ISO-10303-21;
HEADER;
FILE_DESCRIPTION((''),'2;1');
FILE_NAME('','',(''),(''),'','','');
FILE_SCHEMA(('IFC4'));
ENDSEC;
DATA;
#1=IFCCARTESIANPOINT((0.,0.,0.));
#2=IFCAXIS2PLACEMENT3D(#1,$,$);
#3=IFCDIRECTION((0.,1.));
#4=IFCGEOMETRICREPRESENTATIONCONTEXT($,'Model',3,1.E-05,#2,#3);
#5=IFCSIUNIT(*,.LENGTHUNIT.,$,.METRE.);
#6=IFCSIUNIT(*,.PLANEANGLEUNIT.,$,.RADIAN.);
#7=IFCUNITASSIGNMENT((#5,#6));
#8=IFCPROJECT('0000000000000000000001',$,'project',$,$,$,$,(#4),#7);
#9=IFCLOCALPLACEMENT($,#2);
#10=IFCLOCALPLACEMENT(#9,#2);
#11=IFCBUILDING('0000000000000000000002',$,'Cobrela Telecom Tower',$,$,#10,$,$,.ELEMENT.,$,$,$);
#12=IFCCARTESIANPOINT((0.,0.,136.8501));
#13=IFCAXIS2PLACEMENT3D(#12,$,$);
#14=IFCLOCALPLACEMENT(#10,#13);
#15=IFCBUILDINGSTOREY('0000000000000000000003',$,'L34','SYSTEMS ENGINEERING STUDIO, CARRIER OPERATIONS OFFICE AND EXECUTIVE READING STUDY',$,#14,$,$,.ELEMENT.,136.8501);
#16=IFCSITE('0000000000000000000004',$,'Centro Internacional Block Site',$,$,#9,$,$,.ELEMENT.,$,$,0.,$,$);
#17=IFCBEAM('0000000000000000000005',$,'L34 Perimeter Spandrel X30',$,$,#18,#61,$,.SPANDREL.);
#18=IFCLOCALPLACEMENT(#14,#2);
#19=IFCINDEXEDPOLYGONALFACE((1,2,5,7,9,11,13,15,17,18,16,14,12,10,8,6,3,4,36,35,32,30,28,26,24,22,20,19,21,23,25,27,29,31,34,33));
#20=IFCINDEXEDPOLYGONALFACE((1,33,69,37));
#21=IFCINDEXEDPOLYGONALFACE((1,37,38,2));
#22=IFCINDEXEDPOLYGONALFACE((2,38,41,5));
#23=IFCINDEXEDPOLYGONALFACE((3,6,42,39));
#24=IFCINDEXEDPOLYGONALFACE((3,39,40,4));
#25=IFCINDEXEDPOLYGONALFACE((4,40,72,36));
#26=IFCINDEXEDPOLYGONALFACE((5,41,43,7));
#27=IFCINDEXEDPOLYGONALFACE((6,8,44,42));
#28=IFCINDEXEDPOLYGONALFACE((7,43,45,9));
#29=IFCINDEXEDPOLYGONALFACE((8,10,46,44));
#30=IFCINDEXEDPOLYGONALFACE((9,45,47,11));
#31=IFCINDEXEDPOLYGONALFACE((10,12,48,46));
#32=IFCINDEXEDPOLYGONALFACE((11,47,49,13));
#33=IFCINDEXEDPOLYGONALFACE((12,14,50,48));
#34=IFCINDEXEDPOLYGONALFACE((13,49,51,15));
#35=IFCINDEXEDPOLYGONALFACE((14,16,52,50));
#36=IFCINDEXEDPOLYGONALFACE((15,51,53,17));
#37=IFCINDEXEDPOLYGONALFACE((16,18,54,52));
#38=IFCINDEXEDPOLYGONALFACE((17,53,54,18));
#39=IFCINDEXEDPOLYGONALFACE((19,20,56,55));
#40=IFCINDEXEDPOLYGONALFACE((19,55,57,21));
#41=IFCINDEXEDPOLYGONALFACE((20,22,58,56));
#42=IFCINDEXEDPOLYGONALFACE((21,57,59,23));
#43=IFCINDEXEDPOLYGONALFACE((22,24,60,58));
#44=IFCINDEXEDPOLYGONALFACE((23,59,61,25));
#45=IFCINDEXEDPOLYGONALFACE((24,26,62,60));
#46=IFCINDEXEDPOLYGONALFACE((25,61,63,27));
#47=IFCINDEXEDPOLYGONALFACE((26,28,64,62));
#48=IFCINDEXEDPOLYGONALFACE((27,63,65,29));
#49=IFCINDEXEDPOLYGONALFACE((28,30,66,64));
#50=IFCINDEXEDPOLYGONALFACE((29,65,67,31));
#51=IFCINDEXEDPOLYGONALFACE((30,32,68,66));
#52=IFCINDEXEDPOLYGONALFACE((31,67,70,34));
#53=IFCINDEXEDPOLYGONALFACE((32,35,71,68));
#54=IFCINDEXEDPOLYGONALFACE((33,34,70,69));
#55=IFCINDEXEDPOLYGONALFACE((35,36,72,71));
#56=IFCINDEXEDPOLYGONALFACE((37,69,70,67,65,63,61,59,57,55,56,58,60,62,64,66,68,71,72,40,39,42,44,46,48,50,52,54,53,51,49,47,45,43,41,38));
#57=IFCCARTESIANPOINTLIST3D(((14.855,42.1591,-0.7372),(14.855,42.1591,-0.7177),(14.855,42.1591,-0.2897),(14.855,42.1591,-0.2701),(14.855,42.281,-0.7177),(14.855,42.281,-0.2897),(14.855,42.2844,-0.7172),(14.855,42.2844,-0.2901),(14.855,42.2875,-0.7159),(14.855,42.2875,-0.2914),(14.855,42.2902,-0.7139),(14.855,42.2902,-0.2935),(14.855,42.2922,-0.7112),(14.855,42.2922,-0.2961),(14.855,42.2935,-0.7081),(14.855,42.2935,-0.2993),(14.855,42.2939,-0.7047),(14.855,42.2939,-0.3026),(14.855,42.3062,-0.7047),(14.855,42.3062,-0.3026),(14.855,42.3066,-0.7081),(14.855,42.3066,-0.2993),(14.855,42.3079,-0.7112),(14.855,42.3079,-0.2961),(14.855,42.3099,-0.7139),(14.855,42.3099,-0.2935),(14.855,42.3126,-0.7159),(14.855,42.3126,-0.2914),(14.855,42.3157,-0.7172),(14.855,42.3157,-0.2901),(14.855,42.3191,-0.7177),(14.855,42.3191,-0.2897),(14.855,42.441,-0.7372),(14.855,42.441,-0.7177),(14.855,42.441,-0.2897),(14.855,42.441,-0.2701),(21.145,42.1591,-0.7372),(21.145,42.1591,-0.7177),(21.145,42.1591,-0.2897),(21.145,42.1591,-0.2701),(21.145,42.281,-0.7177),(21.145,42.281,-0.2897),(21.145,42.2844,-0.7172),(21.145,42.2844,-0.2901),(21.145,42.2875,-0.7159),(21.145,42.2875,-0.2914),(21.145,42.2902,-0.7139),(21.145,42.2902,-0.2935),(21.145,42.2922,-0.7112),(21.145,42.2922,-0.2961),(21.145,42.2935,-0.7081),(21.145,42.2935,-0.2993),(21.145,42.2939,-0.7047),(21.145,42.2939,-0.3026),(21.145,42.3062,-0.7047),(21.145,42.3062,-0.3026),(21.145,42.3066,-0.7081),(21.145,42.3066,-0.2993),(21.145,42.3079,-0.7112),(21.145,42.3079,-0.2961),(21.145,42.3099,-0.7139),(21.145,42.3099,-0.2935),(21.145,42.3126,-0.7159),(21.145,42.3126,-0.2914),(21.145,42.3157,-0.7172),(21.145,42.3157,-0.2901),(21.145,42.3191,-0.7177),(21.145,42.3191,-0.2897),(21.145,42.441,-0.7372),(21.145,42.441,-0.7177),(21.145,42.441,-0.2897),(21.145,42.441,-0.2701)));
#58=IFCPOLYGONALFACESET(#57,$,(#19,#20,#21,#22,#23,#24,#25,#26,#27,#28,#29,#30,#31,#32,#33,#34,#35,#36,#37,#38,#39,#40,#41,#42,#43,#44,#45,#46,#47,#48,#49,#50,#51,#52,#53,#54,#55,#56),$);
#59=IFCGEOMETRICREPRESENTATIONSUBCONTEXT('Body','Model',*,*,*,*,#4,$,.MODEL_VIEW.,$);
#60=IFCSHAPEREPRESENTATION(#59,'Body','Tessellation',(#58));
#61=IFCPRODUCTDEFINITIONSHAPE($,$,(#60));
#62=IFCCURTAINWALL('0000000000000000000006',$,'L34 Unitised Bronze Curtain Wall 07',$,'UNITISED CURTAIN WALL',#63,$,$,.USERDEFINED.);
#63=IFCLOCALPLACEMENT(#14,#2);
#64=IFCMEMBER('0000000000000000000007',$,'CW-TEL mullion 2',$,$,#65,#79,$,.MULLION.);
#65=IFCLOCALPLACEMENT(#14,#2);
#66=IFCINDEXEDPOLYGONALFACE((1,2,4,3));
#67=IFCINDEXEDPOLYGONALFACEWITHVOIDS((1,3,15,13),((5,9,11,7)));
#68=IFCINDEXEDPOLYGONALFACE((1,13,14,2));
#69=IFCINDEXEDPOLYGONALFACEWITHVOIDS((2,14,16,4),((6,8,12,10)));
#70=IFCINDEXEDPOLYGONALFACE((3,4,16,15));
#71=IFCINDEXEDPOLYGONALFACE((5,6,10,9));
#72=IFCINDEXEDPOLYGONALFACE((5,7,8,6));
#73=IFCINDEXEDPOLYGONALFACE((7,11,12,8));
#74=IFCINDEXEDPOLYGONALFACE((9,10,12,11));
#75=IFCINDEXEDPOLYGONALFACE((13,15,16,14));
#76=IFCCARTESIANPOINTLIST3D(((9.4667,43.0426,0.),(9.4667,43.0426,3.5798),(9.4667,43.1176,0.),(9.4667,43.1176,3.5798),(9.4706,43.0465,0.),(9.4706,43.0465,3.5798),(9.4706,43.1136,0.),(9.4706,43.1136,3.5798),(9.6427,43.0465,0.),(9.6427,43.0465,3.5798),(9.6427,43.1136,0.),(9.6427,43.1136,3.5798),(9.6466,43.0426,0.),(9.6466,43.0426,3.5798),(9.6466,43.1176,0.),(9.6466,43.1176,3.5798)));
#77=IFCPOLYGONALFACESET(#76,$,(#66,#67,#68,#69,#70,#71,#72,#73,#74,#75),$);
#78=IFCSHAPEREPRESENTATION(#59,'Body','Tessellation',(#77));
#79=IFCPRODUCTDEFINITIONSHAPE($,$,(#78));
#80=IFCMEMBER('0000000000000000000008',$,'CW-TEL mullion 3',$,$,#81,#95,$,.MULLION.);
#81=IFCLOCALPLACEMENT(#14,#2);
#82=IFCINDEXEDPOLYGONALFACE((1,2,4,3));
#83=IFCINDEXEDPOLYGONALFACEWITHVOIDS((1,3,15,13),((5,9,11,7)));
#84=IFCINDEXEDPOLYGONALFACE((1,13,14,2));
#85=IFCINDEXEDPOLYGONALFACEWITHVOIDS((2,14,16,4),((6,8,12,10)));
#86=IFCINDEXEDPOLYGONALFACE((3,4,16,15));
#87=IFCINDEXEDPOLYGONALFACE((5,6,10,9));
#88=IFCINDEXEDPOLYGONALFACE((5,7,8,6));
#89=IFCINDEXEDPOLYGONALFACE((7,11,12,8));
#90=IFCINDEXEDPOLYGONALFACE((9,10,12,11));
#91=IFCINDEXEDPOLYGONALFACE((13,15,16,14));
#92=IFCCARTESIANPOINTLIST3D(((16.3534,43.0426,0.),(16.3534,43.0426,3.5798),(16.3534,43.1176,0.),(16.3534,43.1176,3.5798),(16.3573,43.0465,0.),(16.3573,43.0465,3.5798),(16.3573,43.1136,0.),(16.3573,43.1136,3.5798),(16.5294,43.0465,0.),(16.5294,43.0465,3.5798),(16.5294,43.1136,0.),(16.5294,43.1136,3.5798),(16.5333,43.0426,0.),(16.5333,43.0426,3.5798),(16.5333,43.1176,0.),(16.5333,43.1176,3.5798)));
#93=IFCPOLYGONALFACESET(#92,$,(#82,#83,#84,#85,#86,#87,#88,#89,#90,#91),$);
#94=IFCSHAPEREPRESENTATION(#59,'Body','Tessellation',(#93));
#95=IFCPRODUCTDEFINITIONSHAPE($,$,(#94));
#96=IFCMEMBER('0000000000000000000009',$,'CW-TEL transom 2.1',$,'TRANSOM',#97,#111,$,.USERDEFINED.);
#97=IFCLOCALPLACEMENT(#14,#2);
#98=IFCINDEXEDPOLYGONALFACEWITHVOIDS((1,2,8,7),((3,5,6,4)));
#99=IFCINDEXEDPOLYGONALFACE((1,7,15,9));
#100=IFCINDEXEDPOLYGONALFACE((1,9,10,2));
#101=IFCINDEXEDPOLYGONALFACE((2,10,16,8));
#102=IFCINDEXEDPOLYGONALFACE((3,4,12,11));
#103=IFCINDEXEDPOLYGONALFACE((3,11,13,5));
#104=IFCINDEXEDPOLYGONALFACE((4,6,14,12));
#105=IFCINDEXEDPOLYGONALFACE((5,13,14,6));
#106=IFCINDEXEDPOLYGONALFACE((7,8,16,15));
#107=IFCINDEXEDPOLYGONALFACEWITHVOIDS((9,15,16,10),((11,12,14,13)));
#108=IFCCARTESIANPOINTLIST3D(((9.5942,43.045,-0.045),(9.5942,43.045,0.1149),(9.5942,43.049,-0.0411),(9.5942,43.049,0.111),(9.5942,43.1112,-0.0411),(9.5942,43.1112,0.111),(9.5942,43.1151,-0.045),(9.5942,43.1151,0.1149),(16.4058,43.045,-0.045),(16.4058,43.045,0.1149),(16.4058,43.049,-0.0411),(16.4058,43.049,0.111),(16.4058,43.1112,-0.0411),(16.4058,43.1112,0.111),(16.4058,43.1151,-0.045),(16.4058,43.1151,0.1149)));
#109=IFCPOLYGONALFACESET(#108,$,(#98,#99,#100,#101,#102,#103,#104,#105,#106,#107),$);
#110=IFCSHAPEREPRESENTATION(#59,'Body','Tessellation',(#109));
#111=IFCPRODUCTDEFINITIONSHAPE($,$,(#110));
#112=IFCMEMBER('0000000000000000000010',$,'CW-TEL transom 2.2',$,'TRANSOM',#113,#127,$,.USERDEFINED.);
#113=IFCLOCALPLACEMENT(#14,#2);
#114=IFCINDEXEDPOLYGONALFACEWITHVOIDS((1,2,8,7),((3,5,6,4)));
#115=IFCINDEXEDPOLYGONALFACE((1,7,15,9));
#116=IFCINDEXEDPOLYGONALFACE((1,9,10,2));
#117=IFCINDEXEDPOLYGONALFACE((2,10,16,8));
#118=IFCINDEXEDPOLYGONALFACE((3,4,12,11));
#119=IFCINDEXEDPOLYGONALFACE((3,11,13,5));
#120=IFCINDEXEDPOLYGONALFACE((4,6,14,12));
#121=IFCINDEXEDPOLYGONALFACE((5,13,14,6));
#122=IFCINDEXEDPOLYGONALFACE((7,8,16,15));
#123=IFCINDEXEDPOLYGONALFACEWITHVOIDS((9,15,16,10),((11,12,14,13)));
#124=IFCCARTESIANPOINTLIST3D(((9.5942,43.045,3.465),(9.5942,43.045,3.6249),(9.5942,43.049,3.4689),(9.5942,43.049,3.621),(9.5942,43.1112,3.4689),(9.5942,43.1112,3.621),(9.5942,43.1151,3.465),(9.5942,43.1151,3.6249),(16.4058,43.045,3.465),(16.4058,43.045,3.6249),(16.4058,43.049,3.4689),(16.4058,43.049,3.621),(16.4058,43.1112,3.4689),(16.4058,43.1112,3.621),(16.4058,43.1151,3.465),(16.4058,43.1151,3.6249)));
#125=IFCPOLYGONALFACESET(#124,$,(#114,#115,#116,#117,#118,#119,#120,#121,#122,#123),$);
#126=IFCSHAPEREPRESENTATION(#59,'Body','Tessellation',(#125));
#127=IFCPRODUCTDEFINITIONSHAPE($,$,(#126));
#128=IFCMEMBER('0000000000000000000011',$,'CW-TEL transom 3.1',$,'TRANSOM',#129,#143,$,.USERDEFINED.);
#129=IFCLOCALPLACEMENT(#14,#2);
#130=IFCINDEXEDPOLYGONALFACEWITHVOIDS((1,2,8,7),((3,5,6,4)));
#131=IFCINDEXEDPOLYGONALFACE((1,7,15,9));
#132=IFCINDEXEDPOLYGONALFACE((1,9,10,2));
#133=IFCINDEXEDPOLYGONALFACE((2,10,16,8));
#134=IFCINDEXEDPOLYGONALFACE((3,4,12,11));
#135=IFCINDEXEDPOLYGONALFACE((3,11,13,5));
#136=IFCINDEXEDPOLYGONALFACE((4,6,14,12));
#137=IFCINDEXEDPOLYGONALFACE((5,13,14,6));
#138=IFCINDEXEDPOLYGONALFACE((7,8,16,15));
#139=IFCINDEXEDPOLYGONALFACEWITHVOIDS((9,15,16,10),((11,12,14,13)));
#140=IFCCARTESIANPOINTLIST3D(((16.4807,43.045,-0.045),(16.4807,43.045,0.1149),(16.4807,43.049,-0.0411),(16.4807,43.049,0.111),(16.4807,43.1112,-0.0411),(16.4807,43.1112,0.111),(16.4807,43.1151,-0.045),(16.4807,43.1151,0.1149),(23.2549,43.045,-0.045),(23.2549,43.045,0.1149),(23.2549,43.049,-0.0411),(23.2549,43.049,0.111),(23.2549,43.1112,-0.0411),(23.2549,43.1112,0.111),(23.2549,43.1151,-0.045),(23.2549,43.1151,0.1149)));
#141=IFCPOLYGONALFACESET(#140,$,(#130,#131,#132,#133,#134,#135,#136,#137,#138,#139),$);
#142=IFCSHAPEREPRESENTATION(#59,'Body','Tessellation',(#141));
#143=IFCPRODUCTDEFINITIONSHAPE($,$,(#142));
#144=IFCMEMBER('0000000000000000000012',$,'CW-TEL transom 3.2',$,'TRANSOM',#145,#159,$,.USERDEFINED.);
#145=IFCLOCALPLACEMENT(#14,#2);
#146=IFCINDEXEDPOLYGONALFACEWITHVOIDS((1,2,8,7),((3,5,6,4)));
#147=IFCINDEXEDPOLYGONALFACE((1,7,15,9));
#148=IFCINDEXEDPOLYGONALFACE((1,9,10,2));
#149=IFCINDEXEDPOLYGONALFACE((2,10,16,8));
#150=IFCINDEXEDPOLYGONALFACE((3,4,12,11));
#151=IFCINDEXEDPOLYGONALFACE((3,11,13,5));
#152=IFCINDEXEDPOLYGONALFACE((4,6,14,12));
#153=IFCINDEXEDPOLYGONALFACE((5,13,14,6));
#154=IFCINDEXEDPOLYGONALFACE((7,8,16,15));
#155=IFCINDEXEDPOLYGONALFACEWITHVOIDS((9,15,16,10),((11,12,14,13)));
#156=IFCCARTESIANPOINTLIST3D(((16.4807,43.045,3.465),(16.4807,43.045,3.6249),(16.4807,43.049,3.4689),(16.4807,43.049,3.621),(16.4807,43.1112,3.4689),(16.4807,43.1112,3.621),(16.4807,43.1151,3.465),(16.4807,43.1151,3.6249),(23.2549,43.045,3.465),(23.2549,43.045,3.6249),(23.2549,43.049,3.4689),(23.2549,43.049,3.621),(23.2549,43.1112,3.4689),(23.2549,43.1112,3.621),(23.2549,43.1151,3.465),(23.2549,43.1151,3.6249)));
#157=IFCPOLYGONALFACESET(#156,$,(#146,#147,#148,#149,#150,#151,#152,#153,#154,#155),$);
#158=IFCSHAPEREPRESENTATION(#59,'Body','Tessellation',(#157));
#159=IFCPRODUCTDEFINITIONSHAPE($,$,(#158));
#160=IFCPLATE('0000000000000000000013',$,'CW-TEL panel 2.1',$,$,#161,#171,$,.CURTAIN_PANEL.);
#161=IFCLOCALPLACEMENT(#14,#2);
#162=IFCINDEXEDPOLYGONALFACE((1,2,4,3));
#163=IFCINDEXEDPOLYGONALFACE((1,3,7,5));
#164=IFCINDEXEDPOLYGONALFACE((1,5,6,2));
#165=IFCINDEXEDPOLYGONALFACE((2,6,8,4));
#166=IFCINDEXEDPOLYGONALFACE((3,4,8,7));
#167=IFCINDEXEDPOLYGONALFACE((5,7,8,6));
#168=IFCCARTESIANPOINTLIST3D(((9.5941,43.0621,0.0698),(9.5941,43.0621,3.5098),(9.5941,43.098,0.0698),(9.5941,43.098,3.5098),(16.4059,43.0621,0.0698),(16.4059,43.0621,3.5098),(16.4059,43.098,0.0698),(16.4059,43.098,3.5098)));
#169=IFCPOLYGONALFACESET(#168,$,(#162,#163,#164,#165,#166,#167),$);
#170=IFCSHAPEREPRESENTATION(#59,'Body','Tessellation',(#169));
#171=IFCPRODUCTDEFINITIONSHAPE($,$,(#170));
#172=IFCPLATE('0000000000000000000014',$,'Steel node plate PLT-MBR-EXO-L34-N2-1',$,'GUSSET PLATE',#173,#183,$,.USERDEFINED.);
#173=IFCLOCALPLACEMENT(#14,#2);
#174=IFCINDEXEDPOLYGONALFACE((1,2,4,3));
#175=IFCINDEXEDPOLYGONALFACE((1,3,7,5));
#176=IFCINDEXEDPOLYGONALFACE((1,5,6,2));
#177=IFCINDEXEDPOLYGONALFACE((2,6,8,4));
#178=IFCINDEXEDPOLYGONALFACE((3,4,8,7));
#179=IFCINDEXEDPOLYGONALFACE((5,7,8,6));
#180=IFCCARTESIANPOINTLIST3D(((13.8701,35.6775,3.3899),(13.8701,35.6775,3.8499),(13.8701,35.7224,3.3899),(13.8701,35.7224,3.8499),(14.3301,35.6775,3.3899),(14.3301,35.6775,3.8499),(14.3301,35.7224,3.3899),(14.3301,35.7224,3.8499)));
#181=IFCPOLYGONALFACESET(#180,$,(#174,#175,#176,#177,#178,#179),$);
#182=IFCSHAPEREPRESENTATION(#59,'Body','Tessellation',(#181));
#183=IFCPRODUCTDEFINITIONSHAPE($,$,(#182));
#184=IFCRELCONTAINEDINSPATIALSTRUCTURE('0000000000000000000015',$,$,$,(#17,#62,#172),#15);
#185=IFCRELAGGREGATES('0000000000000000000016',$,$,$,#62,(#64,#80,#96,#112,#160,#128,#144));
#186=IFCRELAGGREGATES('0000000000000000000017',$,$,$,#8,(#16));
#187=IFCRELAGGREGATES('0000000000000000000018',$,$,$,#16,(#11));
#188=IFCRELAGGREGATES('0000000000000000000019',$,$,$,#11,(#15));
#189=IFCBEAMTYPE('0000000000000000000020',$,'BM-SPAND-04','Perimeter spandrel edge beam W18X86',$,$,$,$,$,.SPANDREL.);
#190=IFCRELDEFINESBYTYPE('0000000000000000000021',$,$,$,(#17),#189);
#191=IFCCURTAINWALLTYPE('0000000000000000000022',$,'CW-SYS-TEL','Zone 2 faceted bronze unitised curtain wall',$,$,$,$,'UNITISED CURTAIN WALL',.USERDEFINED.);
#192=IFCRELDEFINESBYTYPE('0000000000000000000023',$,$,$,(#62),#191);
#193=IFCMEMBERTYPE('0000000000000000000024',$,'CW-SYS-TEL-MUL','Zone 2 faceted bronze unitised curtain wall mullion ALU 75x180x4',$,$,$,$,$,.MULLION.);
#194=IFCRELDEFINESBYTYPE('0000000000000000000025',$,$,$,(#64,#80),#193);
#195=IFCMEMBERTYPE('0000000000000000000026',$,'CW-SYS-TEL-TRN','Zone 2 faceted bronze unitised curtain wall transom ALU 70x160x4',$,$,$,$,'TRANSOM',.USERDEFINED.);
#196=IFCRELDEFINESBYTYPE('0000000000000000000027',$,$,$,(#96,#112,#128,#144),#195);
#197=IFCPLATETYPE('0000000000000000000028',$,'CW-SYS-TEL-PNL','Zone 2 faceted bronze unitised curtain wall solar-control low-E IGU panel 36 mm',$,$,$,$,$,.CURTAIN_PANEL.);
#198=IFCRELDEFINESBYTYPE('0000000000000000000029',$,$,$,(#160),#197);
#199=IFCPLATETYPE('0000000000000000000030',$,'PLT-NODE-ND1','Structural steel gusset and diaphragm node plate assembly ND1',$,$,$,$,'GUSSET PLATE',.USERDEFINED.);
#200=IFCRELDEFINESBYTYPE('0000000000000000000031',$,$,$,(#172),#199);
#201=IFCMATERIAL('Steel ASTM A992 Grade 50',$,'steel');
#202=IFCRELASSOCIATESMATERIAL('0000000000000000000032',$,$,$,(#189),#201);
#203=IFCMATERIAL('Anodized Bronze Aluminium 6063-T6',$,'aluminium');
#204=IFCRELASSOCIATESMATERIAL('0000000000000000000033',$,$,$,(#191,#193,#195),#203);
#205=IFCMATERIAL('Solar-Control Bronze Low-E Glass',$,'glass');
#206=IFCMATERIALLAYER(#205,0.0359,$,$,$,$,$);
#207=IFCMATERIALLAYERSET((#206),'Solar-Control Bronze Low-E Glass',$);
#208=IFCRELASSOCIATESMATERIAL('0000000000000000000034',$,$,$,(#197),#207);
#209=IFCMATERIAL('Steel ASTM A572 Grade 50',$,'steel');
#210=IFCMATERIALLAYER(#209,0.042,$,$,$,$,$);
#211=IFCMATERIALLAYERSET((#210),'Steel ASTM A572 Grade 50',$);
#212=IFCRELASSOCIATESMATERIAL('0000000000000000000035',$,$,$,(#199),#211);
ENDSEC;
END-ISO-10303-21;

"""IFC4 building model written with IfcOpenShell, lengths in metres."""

from ifc_helpers import new_model, si_unit, direction, frame, origin, origin_2d, place, context, subcontext, project, spatial, rectangle, hollow_rectangle, i_section, extrude, material, layer, layer_set, material_profile, profile_set, type_object, element, aggregate, save


model = new_model("IFC4")

# Units and contexts
model_context = context("Model", 3, precision=1e-05, world=origin(), true_north=direction((0.0, 1.0)))
body_context = subcontext(model_context, "Body", "Model", "MODEL_VIEW")
ifc_project = project(units=[si_unit("LENGTHUNIT", "METRE"), si_unit("PLANEANGLEUNIT", "RADIAN")], contexts=[model_context])

# Site, building, storey
site_placement = place(None, origin())
site = spatial("IfcSite", under=ifc_project, at=site_placement, Name="Centro Internacional Block Site", CompositionType="ELEMENT", RefElevation=0.0)
building_placement = place(site_placement, origin())
building = spatial("IfcBuilding", under=site, at=building_placement, Name="Cobrela Telecom Tower", CompositionType="ELEMENT")
storey_placement = place(building_placement, frame((0.0, 0.0, 136.8501)))
storey = spatial("IfcBuildingStorey", under=building, at=storey_placement, Name="L34", Description="SYSTEMS ENGINEERING STUDIO, CARRIER OPERATIONS OFFICE AND EXECUTIVE READING STUDY", CompositionType="ELEMENT", Elevation=136.8501)

# Shared definitions
ifc_material_1 = material(Name="Steel ASTM A572 Grade 50", Category="steel")

# Beam
ifc_material_2 = material(Name="Steel ASTM A992 Grade 50", Category="steel")
ifc_material_profile_1 = material_profile(ifc_material_2, i_section(OverallWidth=0.282, OverallDepth=0.467, WebThickness=0.0122, FlangeThickness=0.0195, FilletRadius=0.0129, at=origin_2d()), Name="W18X86")
ifc_profile_set_1 = profile_set([ifc_material_profile_1], Name="Steel ASTM A992 Grade 50")
beam_type_1 = type_object("IfcBeamType", Name="BM-SPAND-04", Description="Perimeter spandrel edge beam W18X86", PredefinedType="SPANDREL", material=ifc_profile_set_1)
for number, where, z_axis, x_axis, name in (
    (1, (14.855, 42.3, -0.5037), (1.0, 0.0, 0.0), (0.0, 1.0, 0.0), "L34 Perimeter Spandrel X30"),
):
    element("IfcBeam", number, at=place(storey_placement, frame(where, z_axis=z_axis, x_axis=x_axis)), inside=storey, type_object=beam_type_1, Name=name, PredefinedType="SPANDREL", context=body_context, shape_type="SweptSolid", body=[
        extrude(i_section(OverallWidth=0.282, OverallDepth=0.467, WebThickness=0.0122, FlangeThickness=0.0195, FilletRadius=0.0129, at=origin_2d()), origin(), (0.0, 0.0, 1.0), 6.29),
    ])

# Curtain wall, members, plate
ifc_material_3 = material(Name="Anodized Bronze Aluminium 6063-T6", Category="aluminium")
curtain_wall_type = type_object("IfcCurtainWallType", Name="CW-SYS-TEL", Description="Zone 2 faceted bronze unitised curtain wall", ElementType="UNITISED CURTAIN WALL", PredefinedType="USERDEFINED", material=ifc_material_3)
curtain_wall_placement = place(storey_placement, origin())
curtain_wall = element("IfcCurtainWall", 2, at=curtain_wall_placement, inside=storey, type_object=curtain_wall_type, Name="L34 Unitised Bronze Curtain Wall 07", ObjectType="UNITISED CURTAIN WALL", PredefinedType="USERDEFINED")
ifc_material_profile_2 = material_profile(ifc_material_3, hollow_rectangle(XDim=0.075, YDim=0.1799, WallThickness=0.0039, at=origin_2d()), Name="ALU 75x180x4")
ifc_profile_set_2 = profile_set([ifc_material_profile_2], Name="Anodized Bronze Aluminium 6063-T6")
member_type_1 = type_object("IfcMemberType", Name="CW-SYS-TEL-MUL", Description="Zone 2 faceted bronze unitised curtain wall mullion ALU 75x180x4", PredefinedType="MULLION", material=ifc_profile_set_2)
member_1_placement = place(storey_placement, frame((9.5566, 43.0801, 0.0), z_axis=(0.0, 0.0, 1.0), x_axis=(0.0, 1.0, 0.0)))
member_1 = element("IfcMember", 3, at=member_1_placement, type_object=member_type_1, Name="CW-TEL mullion 2", PredefinedType="MULLION", context=body_context, shape_type="SweptSolid", body=[
    extrude(hollow_rectangle(XDim=0.075, YDim=0.1799, WallThickness=0.0039, at=origin_2d()), origin(), (0.0, 0.0, 1.0), 3.5798),
])
member_2_placement = place(storey_placement, frame((16.4434, 43.0801, 0.0), z_axis=(0.0, 0.0, 1.0), x_axis=(0.0, 1.0, 0.0)))
member_2 = element("IfcMember", 4, at=member_2_placement, type_object=member_type_1, Name="CW-TEL mullion 3", PredefinedType="MULLION", context=body_context, shape_type="SweptSolid", body=[
    extrude(hollow_rectangle(XDim=0.075, YDim=0.1799, WallThickness=0.0039, at=origin_2d()), origin(), (0.0, 0.0, 1.0), 3.5798),
])
ifc_material_profile_3 = material_profile(ifc_material_3, hollow_rectangle(XDim=0.0701, YDim=0.1599, WallThickness=0.0039, at=origin_2d()), Name="ALU 70x160x4")
ifc_profile_set_3 = profile_set([ifc_material_profile_3], Name="Anodized Bronze Aluminium 6063-T6")
member_type_2 = type_object("IfcMemberType", Name="CW-SYS-TEL-TRN", Description="Zone 2 faceted bronze unitised curtain wall transom ALU 70x160x4", ElementType="TRANSOM", PredefinedType="USERDEFINED", material=ifc_profile_set_3)
member_3_placement = place(storey_placement, frame((9.5942, 43.0801, 0.0349), z_axis=(1.0, 0.0, 0.0), x_axis=(0.0, 1.0, 0.0)))
member_3 = element("IfcMember", 5, at=member_3_placement, type_object=member_type_2, Name="CW-TEL transom 2.1", ObjectType="TRANSOM", PredefinedType="USERDEFINED", context=body_context, shape_type="SweptSolid", body=[
    extrude(hollow_rectangle(XDim=0.0701, YDim=0.1599, WallThickness=0.0039, at=origin_2d()), origin(), (0.0, 0.0, 1.0), 6.8115),
])
member_4_placement = place(storey_placement, frame((9.5942, 43.0801, 3.5449), z_axis=(1.0, 0.0, 0.0), x_axis=(0.0, 1.0, 0.0)))
member_4 = element("IfcMember", 6, at=member_4_placement, type_object=member_type_2, Name="CW-TEL transom 2.2", ObjectType="TRANSOM", PredefinedType="USERDEFINED", context=body_context, shape_type="SweptSolid", body=[
    extrude(hollow_rectangle(XDim=0.0701, YDim=0.1599, WallThickness=0.0039, at=origin_2d()), origin(), (0.0, 0.0, 1.0), 6.8115),
])
member_5_placement = place(storey_placement, frame((16.4807, 43.0801, 0.0349), z_axis=(1.0, 0.0, 0.0), x_axis=(0.0, 1.0, 0.0)))
member_5 = element("IfcMember", 7, at=member_5_placement, type_object=member_type_2, Name="CW-TEL transom 3.1", ObjectType="TRANSOM", PredefinedType="USERDEFINED", context=body_context, shape_type="SweptSolid", body=[
    extrude(hollow_rectangle(XDim=0.0701, YDim=0.1599, WallThickness=0.0039, at=origin_2d()), origin(), (0.0, 0.0, 1.0), 6.7742),
])
member_6_placement = place(storey_placement, frame((16.4807, 43.0801, 3.5449), z_axis=(1.0, 0.0, 0.0), x_axis=(0.0, 1.0, 0.0)))
member_6 = element("IfcMember", 8, at=member_6_placement, type_object=member_type_2, Name="CW-TEL transom 3.2", ObjectType="TRANSOM", PredefinedType="USERDEFINED", context=body_context, shape_type="SweptSolid", body=[
    extrude(hollow_rectangle(XDim=0.0701, YDim=0.1599, WallThickness=0.0039, at=origin_2d()), origin(), (0.0, 0.0, 1.0), 6.7742),
])
ifc_material_4 = material(Name="Solar-Control Bronze Low-E Glass", Category="glass")
ifc_layer_1 = layer(ifc_material_4, 0.0359)
ifc_layer_set_1 = layer_set([ifc_layer_1], Name="Solar-Control Bronze Low-E Glass")
plate_type_1 = type_object("IfcPlateType", Name="CW-SYS-TEL-PNL", Description="Zone 2 faceted bronze unitised curtain wall solar-control low-E IGU panel 36 mm", PredefinedType="CURTAIN_PANEL", material=ifc_layer_set_1)
plate_1_placement = place(storey_placement, frame((13.0, 43.0801, 0.0698), z_axis=(0.0, 0.0, 1.0), x_axis=(1.0, 0.0, 0.0)))
plate_1 = element("IfcPlate", 9, at=plate_1_placement, type_object=plate_type_1, Name="CW-TEL panel 2.1", PredefinedType="CURTAIN_PANEL", context=body_context, shape_type="SweptSolid", body=[
    extrude(rectangle(XDim=6.8118, YDim=0.0359, at=origin_2d()), origin(), (0.0, 0.0, 1.0), 3.4399),
])
aggregate(curtain_wall, [member_1, member_2, member_3, member_4, plate_1, member_5, member_6])

# Plate
ifc_layer_2 = layer(ifc_material_1, 0.042)
ifc_layer_set_2 = layer_set([ifc_layer_2], Name="Steel ASTM A572 Grade 50")
plate_type_2 = type_object("IfcPlateType", Name="PLT-NODE-ND1", Description="Structural steel gusset and diaphragm node plate assembly ND1", ElementType="GUSSET PLATE", PredefinedType="USERDEFINED", material=ifc_layer_set_2)
plate_2_placement = place(storey_placement, frame((14.1001, 35.7, 3.3899), z_axis=(0.0, 0.0, 1.0), x_axis=(1.0, 0.0, 0.0)))
element("IfcPlate", 10, at=plate_2_placement, inside=storey, type_object=plate_type_2, Name="Steel node plate PLT-MBR-EXO-L34-N2-1", ObjectType="GUSSET PLATE", PredefinedType="USERDEFINED", context=body_context, shape_type="SweptSolid", body=[
    extrude(rectangle(XDim=0.46, YDim=0.0449, at=origin_2d()), origin(), (0.0, 0.0, 1.0), 0.46),
])

save(model, "model.ifc")
